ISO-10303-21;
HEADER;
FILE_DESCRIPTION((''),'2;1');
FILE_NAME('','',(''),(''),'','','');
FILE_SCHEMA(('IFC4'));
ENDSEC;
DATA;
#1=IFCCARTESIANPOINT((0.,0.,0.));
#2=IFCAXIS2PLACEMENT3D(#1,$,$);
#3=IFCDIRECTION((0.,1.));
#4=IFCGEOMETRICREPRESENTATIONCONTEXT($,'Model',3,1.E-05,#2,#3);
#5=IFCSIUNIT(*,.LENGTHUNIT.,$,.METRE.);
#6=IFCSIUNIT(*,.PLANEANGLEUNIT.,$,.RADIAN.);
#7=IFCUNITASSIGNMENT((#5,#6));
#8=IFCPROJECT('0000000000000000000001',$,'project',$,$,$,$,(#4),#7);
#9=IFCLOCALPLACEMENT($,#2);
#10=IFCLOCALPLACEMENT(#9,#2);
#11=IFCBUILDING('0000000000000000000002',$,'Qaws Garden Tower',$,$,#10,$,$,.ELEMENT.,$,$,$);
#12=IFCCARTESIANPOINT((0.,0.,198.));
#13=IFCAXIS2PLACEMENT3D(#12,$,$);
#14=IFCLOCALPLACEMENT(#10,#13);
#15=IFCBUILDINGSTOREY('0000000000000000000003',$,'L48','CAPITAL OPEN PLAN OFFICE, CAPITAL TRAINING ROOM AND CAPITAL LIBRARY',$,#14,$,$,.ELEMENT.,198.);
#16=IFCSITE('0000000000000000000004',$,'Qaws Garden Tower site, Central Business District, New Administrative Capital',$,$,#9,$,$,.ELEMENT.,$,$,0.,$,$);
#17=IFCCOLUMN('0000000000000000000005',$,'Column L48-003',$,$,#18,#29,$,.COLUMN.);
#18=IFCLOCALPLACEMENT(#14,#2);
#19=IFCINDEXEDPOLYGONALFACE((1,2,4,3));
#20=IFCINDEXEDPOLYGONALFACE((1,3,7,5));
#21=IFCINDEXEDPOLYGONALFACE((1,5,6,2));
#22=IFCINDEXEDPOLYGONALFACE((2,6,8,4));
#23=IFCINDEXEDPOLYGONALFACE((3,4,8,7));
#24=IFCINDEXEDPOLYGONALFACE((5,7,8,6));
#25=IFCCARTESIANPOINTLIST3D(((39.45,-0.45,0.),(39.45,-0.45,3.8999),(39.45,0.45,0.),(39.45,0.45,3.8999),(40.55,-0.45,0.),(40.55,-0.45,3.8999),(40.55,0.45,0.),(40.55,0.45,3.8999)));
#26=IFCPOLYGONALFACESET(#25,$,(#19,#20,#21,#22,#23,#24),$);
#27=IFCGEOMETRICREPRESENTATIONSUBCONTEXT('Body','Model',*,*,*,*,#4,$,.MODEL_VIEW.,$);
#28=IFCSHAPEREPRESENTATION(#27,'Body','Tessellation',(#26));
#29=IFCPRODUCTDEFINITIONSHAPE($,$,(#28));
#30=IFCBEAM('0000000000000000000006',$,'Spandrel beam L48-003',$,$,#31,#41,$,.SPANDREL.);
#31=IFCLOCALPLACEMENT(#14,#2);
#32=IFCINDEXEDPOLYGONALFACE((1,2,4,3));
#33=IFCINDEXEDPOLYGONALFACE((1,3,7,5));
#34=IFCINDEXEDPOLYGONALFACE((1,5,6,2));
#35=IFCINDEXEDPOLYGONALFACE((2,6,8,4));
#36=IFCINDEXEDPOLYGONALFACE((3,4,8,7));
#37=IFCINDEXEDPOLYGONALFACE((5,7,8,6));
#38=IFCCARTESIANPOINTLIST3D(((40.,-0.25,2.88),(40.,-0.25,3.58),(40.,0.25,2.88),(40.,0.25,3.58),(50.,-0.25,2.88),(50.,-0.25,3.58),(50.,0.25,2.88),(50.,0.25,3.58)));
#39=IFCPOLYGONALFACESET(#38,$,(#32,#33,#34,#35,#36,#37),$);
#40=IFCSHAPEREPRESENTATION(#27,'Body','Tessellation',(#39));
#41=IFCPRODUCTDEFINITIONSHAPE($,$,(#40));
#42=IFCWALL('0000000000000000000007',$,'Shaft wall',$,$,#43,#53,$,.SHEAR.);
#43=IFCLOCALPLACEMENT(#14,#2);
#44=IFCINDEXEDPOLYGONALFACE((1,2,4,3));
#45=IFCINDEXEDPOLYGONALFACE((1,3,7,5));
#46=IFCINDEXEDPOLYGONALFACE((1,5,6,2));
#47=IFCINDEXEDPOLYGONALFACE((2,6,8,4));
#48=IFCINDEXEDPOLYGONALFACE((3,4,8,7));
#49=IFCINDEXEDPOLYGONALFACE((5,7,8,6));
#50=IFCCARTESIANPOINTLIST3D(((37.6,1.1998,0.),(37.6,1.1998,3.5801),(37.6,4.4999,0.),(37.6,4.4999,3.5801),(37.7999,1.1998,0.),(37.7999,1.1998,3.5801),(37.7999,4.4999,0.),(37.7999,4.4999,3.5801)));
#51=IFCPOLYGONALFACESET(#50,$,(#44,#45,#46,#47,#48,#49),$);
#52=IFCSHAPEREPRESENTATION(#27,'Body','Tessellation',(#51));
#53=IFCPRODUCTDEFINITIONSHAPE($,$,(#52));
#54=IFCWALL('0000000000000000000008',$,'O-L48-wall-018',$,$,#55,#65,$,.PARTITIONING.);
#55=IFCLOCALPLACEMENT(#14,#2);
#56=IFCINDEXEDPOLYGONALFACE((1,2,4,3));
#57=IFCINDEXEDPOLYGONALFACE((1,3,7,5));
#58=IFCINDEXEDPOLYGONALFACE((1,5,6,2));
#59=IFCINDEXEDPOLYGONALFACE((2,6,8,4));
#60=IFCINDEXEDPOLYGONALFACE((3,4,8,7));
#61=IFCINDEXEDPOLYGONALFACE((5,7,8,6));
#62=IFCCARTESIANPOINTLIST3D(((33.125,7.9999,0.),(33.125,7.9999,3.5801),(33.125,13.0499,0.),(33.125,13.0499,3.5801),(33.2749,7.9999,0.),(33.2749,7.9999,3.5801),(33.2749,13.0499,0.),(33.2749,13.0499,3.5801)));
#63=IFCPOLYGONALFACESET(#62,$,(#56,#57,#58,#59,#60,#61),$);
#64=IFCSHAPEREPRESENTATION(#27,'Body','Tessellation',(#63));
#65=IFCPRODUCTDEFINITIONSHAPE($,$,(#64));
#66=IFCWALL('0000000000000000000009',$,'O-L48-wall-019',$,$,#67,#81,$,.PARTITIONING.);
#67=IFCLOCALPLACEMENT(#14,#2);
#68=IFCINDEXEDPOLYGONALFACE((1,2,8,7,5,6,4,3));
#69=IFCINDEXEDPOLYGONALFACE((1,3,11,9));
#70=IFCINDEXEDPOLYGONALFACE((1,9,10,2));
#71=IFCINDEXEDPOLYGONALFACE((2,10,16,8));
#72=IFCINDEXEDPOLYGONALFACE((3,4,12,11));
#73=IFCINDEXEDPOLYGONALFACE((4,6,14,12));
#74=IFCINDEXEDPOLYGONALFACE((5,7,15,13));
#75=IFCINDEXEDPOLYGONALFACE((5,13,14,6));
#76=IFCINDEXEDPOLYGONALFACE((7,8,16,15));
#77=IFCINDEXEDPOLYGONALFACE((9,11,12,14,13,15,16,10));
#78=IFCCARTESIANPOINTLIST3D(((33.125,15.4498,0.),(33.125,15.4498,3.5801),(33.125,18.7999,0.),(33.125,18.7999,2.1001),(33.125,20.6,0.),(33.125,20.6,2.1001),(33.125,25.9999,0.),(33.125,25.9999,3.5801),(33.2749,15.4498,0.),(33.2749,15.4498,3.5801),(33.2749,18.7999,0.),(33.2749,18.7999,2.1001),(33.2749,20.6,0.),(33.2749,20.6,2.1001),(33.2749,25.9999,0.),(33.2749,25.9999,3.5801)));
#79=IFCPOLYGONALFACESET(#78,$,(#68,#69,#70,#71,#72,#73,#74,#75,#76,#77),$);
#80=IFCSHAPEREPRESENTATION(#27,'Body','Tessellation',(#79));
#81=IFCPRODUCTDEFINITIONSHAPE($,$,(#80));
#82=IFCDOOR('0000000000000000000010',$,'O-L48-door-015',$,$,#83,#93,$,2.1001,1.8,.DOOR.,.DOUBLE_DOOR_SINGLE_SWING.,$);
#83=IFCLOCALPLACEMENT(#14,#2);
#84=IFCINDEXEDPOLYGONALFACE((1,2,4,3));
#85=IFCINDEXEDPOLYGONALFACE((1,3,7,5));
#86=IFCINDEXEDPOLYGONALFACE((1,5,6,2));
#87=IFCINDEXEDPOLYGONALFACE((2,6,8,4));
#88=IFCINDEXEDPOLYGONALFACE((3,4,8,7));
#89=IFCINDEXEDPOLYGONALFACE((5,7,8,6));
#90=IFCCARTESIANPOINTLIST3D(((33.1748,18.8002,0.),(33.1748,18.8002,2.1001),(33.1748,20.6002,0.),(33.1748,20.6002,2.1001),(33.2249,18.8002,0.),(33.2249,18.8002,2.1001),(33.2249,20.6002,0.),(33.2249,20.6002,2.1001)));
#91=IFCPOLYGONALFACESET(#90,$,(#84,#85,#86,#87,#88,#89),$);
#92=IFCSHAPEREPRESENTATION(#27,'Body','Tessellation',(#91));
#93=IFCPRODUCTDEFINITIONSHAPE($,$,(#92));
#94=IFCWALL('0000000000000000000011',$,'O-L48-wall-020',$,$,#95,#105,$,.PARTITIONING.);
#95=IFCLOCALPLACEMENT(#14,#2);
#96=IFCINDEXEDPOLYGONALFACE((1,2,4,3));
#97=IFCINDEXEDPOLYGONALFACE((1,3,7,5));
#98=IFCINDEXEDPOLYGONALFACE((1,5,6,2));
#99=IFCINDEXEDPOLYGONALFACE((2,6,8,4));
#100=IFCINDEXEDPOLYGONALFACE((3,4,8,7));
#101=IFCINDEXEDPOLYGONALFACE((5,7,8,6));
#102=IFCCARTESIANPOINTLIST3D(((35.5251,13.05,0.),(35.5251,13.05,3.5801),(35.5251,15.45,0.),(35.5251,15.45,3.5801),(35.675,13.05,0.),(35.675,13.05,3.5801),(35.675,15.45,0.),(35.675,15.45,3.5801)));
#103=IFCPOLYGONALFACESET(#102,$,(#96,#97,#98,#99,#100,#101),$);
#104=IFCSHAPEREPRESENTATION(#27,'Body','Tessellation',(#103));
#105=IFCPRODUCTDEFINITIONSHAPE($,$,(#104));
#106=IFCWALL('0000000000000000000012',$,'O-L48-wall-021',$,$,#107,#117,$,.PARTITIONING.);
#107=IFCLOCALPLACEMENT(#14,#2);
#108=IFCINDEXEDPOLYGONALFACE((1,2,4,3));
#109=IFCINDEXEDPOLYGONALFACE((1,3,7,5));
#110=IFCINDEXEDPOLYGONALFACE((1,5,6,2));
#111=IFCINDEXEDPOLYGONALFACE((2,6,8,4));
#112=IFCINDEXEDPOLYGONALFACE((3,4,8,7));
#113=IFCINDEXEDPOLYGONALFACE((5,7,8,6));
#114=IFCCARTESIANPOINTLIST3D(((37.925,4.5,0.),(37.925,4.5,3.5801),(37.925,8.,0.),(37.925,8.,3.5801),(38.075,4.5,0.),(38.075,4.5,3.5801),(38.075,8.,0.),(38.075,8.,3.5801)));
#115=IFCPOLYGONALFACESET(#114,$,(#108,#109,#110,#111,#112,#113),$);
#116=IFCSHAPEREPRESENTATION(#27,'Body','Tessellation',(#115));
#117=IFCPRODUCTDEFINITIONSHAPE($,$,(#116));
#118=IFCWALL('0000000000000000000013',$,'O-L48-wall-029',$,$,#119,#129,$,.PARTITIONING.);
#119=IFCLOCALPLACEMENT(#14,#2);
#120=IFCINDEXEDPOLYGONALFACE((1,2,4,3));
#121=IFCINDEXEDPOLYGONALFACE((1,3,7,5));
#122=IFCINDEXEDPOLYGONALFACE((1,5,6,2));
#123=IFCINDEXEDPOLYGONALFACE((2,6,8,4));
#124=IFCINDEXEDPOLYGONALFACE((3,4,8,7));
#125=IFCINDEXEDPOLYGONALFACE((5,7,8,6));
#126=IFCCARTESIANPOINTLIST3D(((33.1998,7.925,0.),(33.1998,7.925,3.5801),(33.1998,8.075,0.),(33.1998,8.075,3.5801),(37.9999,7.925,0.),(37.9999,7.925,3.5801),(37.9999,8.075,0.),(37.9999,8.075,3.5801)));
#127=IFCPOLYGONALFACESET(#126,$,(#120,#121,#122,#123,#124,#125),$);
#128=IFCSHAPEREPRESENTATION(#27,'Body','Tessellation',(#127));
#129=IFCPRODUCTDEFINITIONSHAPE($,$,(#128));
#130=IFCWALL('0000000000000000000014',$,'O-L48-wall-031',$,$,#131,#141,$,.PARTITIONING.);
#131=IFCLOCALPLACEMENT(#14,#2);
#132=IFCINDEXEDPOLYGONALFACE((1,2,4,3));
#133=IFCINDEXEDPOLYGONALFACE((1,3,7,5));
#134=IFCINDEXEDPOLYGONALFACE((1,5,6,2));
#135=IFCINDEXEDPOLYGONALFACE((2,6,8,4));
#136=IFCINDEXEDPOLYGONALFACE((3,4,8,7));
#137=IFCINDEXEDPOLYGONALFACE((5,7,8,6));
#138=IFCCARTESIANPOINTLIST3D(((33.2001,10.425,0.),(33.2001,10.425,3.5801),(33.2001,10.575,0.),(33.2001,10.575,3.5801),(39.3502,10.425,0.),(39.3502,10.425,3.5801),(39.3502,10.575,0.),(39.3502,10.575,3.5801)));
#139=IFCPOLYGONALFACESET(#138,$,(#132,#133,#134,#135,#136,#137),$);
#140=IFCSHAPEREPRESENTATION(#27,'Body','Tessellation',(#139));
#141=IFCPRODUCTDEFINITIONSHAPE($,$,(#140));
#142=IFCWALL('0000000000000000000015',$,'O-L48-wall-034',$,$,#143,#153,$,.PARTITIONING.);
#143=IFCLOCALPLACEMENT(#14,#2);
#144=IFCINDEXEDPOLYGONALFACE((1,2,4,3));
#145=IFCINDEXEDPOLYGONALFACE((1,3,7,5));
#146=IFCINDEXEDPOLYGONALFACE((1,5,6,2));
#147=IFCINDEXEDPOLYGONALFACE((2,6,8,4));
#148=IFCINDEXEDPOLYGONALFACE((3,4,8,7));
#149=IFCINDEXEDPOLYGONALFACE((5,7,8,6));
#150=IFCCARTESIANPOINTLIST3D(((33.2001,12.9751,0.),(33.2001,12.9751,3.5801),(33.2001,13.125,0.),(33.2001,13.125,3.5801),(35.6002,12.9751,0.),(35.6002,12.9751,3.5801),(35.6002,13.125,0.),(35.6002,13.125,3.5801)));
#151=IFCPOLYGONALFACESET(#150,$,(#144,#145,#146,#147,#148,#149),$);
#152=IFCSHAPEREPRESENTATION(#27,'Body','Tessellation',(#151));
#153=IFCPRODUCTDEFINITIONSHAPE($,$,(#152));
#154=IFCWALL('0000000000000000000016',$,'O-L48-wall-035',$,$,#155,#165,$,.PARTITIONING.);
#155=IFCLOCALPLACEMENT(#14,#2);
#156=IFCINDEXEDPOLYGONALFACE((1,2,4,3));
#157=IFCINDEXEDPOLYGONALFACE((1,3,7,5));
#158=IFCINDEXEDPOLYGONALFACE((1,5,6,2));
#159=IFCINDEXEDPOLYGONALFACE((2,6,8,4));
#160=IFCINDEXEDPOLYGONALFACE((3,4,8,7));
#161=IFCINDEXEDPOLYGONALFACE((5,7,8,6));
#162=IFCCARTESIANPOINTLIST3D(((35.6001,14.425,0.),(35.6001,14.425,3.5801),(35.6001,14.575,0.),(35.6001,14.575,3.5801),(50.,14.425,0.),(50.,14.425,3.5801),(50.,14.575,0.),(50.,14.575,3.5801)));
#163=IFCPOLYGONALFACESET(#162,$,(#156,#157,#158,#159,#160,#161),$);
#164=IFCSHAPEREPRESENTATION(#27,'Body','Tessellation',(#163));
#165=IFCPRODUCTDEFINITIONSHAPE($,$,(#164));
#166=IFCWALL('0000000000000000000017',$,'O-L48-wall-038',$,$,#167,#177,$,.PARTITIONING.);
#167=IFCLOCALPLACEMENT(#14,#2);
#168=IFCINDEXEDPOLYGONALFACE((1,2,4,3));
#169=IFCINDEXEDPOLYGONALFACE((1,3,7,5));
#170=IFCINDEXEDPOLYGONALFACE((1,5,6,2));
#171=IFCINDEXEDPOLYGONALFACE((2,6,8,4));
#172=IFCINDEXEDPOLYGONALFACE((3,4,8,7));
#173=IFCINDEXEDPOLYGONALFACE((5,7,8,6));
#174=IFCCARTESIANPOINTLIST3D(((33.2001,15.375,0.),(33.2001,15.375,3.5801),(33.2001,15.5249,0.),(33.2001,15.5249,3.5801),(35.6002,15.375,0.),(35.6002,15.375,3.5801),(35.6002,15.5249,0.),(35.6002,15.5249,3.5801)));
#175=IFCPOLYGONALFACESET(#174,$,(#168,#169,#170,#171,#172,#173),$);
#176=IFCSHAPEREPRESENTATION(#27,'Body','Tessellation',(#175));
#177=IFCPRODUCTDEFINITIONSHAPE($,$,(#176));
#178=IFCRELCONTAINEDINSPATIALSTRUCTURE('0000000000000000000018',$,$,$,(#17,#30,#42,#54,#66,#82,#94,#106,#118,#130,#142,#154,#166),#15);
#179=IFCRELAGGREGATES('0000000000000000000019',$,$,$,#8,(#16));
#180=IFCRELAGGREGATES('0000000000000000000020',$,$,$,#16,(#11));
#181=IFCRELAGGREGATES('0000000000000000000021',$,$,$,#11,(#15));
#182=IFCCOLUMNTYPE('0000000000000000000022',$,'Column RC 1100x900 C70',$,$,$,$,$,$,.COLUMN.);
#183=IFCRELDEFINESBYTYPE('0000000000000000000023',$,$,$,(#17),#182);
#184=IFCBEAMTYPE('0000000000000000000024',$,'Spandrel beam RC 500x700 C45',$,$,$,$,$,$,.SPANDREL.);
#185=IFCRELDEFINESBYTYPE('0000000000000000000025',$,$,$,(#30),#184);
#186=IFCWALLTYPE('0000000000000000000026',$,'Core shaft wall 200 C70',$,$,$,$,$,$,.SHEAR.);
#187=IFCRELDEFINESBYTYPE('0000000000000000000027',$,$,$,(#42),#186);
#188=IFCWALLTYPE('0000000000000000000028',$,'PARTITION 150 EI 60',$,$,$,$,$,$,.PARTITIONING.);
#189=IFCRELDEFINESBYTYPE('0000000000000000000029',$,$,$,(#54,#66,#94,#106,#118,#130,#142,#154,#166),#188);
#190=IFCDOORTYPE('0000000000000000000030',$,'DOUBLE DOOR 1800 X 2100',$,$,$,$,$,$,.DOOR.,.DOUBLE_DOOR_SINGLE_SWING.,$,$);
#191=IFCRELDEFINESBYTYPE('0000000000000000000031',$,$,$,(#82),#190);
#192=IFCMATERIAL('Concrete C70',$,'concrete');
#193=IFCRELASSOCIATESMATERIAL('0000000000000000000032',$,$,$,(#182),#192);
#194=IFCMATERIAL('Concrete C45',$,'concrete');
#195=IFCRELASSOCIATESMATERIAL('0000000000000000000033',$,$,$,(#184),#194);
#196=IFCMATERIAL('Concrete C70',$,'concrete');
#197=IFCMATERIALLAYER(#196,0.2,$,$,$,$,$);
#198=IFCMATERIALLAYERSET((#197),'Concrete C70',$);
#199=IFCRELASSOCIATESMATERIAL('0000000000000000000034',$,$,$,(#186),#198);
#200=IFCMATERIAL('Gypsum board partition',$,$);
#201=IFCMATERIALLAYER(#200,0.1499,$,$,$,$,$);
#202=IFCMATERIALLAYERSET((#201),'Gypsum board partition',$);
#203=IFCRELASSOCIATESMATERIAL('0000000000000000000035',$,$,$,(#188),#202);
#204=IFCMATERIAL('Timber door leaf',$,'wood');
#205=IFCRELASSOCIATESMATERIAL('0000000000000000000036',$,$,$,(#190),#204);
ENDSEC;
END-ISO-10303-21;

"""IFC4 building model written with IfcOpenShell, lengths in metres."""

from ifc_helpers import new_model, si_unit, direction, frame, frame_2d, origin, origin_2d, place, context, subcontext, project, spatial, rectangle, extrude, material, layer, layer_set, material_profile, profile_set, type_object, element, fill, save


model = new_model("IFC4")

# Units and contexts
model_context = context("Model", 3, precision=1e-05, world=origin(), true_north=direction((0.0, 1.0)))
body_context = subcontext(model_context, "Body", "Model", "MODEL_VIEW")
ifc_project = project(units=[si_unit("LENGTHUNIT", "METRE"), si_unit("PLANEANGLEUNIT", "RADIAN")], contexts=[model_context])

# Site, building, storey
site_placement = place(None, origin())
site = spatial("IfcSite", under=ifc_project, at=site_placement, Name="Qaws Garden Tower site, Central Business District, New Administrative Capital", CompositionType="ELEMENT", RefElevation=0.0)
building_placement = place(site_placement, origin())
building = spatial("IfcBuilding", under=site, at=building_placement, Name="Qaws Garden Tower", CompositionType="ELEMENT")
storey_placement = place(building_placement, frame((0.0, 0.0, 198.0)))
storey = spatial("IfcBuildingStorey", under=building, at=storey_placement, Name="L48", Description="CAPITAL OPEN PLAN OFFICE, CAPITAL TRAINING ROOM AND CAPITAL LIBRARY", CompositionType="ELEMENT", Elevation=198.0)

# Column
ifc_material_1 = material(Name="Concrete C70", Category="concrete")
ifc_material_profile_1 = material_profile(ifc_material_1, rectangle(XDim=1.1001, YDim=0.8999, at=origin_2d()), Name="RC 1100x900")
ifc_profile_set_1 = profile_set([ifc_material_profile_1], Name="Concrete C70")
column_type = type_object("IfcColumnType", Name="Column RC 1100x900 C70", PredefinedType="COLUMN", material=ifc_profile_set_1)
column_placement = place(storey_placement, frame((40.0, 0.0, 0.0), z_axis=(0.0, 0.0, 1.0), x_axis=(1.0, 0.0, 0.0)))
element("IfcColumn", 1, at=column_placement, inside=storey, type_object=column_type, Name="Column L48-003", PredefinedType="COLUMN", context=body_context, shape_type="SweptSolid", body=[
    extrude(rectangle(XDim=1.1001, YDim=0.8999, at=origin_2d()), origin(), (0.0, 0.0, 1.0), 3.8999),
])

# Beam
ifc_material_2 = material(Name="Concrete C45", Category="concrete")
ifc_material_profile_2 = material_profile(ifc_material_2, rectangle(XDim=0.5, YDim=0.7, at=origin_2d()), Name="RC 500x700")
ifc_profile_set_2 = profile_set([ifc_material_profile_2], Name="Concrete C45")
beam_type = type_object("IfcBeamType", Name="Spandrel beam RC 500x700 C45", PredefinedType="SPANDREL", material=ifc_profile_set_2)
beam_placement = place(storey_placement, frame((40.0, 0.0, 3.23), z_axis=(1.0, 0.0, 0.0), x_axis=(0.0, 1.0, 0.0)))
element("IfcBeam", 2, at=beam_placement, inside=storey, type_object=beam_type, Name="Spandrel beam L48-003", PredefinedType="SPANDREL", context=body_context, shape_type="SweptSolid", body=[
    extrude(rectangle(XDim=0.5, YDim=0.7, at=origin_2d()), origin(), (0.0, 0.0, 1.0), 10.0),
])

# Walls
ifc_material_3 = material(Name="Concrete C70", Category="concrete")
ifc_layer_1 = layer(ifc_material_3, 0.2)
ifc_layer_set_1 = layer_set([ifc_layer_1], Name="Concrete C70")
wall_type_1 = type_object("IfcWallType", Name="Core shaft wall 200 C70", PredefinedType="SHEAR", material=ifc_layer_set_1)
wall_1_placement = place(storey_placement, frame((37.7, 1.2, 0.0), z_axis=(0.0, 0.0, 1.0), x_axis=(0.0, 1.0, 0.0)))
element("IfcWall", 3, at=wall_1_placement, inside=storey, type_object=wall_type_1, Name="Shaft wall", PredefinedType="SHEAR", context=body_context, shape_type="SweptSolid", body=[
    extrude(rectangle(XDim=3.3, YDim=0.2, at=frame_2d((1.6499, 0.0))), origin(), (0.0, 0.0, 1.0), 3.5801),
])
ifc_material_4 = material(Name="Gypsum board partition")
ifc_layer_2 = layer(ifc_material_4, 0.1499)
ifc_layer_set_2 = layer_set([ifc_layer_2], Name="Gypsum board partition")
wall_type_2 = type_object("IfcWallType", Name="PARTITION 150 EI 60", PredefinedType="PARTITIONING", material=ifc_layer_set_2)
wall_2_placement = place(storey_placement, frame((33.2, 8.0, 0.0), z_axis=(0.0, 0.0, 1.0), x_axis=(0.0, 1.0, 0.0)))
element("IfcWall", 4, at=wall_2_placement, inside=storey, type_object=wall_type_2, Name="O-L48-wall-018", PredefinedType="PARTITIONING", context=body_context, shape_type="SweptSolid", body=[
    extrude(rectangle(XDim=5.05, YDim=0.1499, at=frame_2d((2.5249, 0.0))), origin(), (0.0, 0.0, 1.0), 3.5801),
])

# Wall, opening, door
wall_3_placement = place(storey_placement, frame((33.2, 15.45, 0.0), z_axis=(0.0, 0.0, 1.0), x_axis=(0.0, 1.0, 0.0)))
wall_3 = element("IfcWall", 5, at=wall_3_placement, inside=storey, type_object=wall_type_2, Name="O-L48-wall-019", PredefinedType="PARTITIONING", context=body_context, shape_type="SweptSolid", body=[
    extrude(rectangle(XDim=10.55, YDim=0.1499, at=frame_2d((5.2749, 0.0))), origin(), (0.0, 0.0, 1.0), 3.5801),
])
opening_placement = place(wall_3_placement, frame((3.3501, 0.0, 0.0)))
opening = element("IfcOpeningElement", 6, at=opening_placement, cuts=wall_3, PredefinedType="OPENING", context=body_context, shape_type="SweptSolid", body=[
    extrude(rectangle(XDim=1.8, YDim=2.1001, at=frame_2d((0.8999, 1.05))), frame((0.0, 0.085, 0.0), z_axis=(0.0, -1.0, 0.0), x_axis=(1.0, 0.0, 0.0)), (0.0, 0.0, 1.0), 0.1699),
])
ifc_material_5 = material(Name="Timber door leaf", Category="wood")
door_type = type_object("IfcDoorType", Name="DOUBLE DOOR 1800 X 2100", OperationType="DOUBLE_DOOR_SINGLE_SWING", PredefinedType="DOOR", material=ifc_material_5)
door_placement = place(opening_placement, frame((1.8, 0.0, 0.0), z_axis=(0.0, 0.0, 1.0), x_axis=(-1.0, 0.0, 0.0)))
door = element("IfcDoor", 7, at=door_placement, inside=storey, type_object=door_type, Name="O-L48-door-015", OperationType="DOUBLE_DOOR_SINGLE_SWING", OverallHeight=2.1001, OverallWidth=1.8, PredefinedType="DOOR", context=body_context, shape_type="SweptSolid", body=[
    extrude(rectangle(XDim=1.8, YDim=2.1001, at=frame_2d((0.8999, 1.05))), frame((0.0, 0.0249, 0.0), z_axis=(0.0, -1.0, 0.0), x_axis=(1.0, 0.0, 0.0)), (0.0, 0.0, 1.0), 0.05),
])
fill(opening, door)

# Walls
wall_4_placement = place(storey_placement, frame((35.6001, 13.05, 0.0), z_axis=(0.0, 0.0, 1.0), x_axis=(0.0, 1.0, 0.0)))
element("IfcWall", 8, at=wall_4_placement, inside=storey, type_object=wall_type_2, Name="O-L48-wall-020", PredefinedType="PARTITIONING", context=body_context, shape_type="SweptSolid", body=[
    extrude(rectangle(XDim=2.3999, YDim=0.1499, at=frame_2d((1.2, 0.0))), origin(), (0.0, 0.0, 1.0), 3.5801),
])
wall_5_placement = place(storey_placement, frame((38.0, 4.5, 0.0), z_axis=(0.0, 0.0, 1.0), x_axis=(0.0, 1.0, 0.0)))
element("IfcWall", 9, at=wall_5_placement, inside=storey, type_object=wall_type_2, Name="O-L48-wall-021", PredefinedType="PARTITIONING", context=body_context, shape_type="SweptSolid", body=[
    extrude(rectangle(XDim=3.5, YDim=0.1499, at=frame_2d((1.75, 0.0))), origin(), (0.0, 0.0, 1.0), 3.5801),
])
wall_6_placement = place(storey_placement, frame((33.2, 8.0, 0.0), z_axis=(0.0, 0.0, 1.0), x_axis=(1.0, 0.0, 0.0)))
element("IfcWall", 10, at=wall_6_placement, inside=storey, type_object=wall_type_2, Name="O-L48-wall-029", PredefinedType="PARTITIONING", context=body_context, shape_type="SweptSolid", body=[
    extrude(rectangle(XDim=4.8, YDim=0.1499, at=frame_2d((2.3999, 0.0))), origin(), (0.0, 0.0, 1.0), 3.5801),
])
wall_7_placement = place(storey_placement, frame((33.2, 10.5, 0.0), z_axis=(0.0, 0.0, 1.0), x_axis=(1.0, 0.0, 0.0)))
element("IfcWall", 11, at=wall_7_placement, inside=storey, type_object=wall_type_2, Name="O-L48-wall-031", PredefinedType="PARTITIONING", context=body_context, shape_type="SweptSolid", body=[
    extrude(rectangle(XDim=6.1501, YDim=0.1499, at=frame_2d((3.0752, 0.0))), origin(), (0.0, 0.0, 1.0), 3.5801),
])
wall_8_placement = place(storey_placement, frame((33.2, 13.05, 0.0), z_axis=(0.0, 0.0, 1.0), x_axis=(1.0, 0.0, 0.0)))
element("IfcWall", 12, at=wall_8_placement, inside=storey, type_object=wall_type_2, Name="O-L48-wall-034", PredefinedType="PARTITIONING", context=body_context, shape_type="SweptSolid", body=[
    extrude(rectangle(XDim=2.4001, YDim=0.1499, at=frame_2d((1.2002, 0.0))), origin(), (0.0, 0.0, 1.0), 3.5801),
])
wall_9_placement = place(storey_placement, frame((35.6001, 14.5, 0.0), z_axis=(0.0, 0.0, 1.0), x_axis=(1.0, 0.0, 0.0)))
element("IfcWall", 13, at=wall_9_placement, inside=storey, type_object=wall_type_2, Name="O-L48-wall-035", PredefinedType="PARTITIONING", context=body_context, shape_type="SweptSolid", body=[
    extrude(rectangle(XDim=14.3999, YDim=0.1499, at=frame_2d((7.2, 0.0))), origin(), (0.0, 0.0, 1.0), 3.5801),
])
wall_10_placement = place(storey_placement, frame((33.2, 15.45, 0.0), z_axis=(0.0, 0.0, 1.0), x_axis=(1.0, 0.0, 0.0)))
element("IfcWall", 14, at=wall_10_placement, inside=storey, type_object=wall_type_2, Name="O-L48-wall-038", PredefinedType="PARTITIONING", context=body_context, shape_type="SweptSolid", body=[
    extrude(rectangle(XDim=2.4001, YDim=0.1499, at=frame_2d((1.2002, 0.0))), origin(), (0.0, 0.0, 1.0), 3.5801),
])

save(model, "model.ifc")
